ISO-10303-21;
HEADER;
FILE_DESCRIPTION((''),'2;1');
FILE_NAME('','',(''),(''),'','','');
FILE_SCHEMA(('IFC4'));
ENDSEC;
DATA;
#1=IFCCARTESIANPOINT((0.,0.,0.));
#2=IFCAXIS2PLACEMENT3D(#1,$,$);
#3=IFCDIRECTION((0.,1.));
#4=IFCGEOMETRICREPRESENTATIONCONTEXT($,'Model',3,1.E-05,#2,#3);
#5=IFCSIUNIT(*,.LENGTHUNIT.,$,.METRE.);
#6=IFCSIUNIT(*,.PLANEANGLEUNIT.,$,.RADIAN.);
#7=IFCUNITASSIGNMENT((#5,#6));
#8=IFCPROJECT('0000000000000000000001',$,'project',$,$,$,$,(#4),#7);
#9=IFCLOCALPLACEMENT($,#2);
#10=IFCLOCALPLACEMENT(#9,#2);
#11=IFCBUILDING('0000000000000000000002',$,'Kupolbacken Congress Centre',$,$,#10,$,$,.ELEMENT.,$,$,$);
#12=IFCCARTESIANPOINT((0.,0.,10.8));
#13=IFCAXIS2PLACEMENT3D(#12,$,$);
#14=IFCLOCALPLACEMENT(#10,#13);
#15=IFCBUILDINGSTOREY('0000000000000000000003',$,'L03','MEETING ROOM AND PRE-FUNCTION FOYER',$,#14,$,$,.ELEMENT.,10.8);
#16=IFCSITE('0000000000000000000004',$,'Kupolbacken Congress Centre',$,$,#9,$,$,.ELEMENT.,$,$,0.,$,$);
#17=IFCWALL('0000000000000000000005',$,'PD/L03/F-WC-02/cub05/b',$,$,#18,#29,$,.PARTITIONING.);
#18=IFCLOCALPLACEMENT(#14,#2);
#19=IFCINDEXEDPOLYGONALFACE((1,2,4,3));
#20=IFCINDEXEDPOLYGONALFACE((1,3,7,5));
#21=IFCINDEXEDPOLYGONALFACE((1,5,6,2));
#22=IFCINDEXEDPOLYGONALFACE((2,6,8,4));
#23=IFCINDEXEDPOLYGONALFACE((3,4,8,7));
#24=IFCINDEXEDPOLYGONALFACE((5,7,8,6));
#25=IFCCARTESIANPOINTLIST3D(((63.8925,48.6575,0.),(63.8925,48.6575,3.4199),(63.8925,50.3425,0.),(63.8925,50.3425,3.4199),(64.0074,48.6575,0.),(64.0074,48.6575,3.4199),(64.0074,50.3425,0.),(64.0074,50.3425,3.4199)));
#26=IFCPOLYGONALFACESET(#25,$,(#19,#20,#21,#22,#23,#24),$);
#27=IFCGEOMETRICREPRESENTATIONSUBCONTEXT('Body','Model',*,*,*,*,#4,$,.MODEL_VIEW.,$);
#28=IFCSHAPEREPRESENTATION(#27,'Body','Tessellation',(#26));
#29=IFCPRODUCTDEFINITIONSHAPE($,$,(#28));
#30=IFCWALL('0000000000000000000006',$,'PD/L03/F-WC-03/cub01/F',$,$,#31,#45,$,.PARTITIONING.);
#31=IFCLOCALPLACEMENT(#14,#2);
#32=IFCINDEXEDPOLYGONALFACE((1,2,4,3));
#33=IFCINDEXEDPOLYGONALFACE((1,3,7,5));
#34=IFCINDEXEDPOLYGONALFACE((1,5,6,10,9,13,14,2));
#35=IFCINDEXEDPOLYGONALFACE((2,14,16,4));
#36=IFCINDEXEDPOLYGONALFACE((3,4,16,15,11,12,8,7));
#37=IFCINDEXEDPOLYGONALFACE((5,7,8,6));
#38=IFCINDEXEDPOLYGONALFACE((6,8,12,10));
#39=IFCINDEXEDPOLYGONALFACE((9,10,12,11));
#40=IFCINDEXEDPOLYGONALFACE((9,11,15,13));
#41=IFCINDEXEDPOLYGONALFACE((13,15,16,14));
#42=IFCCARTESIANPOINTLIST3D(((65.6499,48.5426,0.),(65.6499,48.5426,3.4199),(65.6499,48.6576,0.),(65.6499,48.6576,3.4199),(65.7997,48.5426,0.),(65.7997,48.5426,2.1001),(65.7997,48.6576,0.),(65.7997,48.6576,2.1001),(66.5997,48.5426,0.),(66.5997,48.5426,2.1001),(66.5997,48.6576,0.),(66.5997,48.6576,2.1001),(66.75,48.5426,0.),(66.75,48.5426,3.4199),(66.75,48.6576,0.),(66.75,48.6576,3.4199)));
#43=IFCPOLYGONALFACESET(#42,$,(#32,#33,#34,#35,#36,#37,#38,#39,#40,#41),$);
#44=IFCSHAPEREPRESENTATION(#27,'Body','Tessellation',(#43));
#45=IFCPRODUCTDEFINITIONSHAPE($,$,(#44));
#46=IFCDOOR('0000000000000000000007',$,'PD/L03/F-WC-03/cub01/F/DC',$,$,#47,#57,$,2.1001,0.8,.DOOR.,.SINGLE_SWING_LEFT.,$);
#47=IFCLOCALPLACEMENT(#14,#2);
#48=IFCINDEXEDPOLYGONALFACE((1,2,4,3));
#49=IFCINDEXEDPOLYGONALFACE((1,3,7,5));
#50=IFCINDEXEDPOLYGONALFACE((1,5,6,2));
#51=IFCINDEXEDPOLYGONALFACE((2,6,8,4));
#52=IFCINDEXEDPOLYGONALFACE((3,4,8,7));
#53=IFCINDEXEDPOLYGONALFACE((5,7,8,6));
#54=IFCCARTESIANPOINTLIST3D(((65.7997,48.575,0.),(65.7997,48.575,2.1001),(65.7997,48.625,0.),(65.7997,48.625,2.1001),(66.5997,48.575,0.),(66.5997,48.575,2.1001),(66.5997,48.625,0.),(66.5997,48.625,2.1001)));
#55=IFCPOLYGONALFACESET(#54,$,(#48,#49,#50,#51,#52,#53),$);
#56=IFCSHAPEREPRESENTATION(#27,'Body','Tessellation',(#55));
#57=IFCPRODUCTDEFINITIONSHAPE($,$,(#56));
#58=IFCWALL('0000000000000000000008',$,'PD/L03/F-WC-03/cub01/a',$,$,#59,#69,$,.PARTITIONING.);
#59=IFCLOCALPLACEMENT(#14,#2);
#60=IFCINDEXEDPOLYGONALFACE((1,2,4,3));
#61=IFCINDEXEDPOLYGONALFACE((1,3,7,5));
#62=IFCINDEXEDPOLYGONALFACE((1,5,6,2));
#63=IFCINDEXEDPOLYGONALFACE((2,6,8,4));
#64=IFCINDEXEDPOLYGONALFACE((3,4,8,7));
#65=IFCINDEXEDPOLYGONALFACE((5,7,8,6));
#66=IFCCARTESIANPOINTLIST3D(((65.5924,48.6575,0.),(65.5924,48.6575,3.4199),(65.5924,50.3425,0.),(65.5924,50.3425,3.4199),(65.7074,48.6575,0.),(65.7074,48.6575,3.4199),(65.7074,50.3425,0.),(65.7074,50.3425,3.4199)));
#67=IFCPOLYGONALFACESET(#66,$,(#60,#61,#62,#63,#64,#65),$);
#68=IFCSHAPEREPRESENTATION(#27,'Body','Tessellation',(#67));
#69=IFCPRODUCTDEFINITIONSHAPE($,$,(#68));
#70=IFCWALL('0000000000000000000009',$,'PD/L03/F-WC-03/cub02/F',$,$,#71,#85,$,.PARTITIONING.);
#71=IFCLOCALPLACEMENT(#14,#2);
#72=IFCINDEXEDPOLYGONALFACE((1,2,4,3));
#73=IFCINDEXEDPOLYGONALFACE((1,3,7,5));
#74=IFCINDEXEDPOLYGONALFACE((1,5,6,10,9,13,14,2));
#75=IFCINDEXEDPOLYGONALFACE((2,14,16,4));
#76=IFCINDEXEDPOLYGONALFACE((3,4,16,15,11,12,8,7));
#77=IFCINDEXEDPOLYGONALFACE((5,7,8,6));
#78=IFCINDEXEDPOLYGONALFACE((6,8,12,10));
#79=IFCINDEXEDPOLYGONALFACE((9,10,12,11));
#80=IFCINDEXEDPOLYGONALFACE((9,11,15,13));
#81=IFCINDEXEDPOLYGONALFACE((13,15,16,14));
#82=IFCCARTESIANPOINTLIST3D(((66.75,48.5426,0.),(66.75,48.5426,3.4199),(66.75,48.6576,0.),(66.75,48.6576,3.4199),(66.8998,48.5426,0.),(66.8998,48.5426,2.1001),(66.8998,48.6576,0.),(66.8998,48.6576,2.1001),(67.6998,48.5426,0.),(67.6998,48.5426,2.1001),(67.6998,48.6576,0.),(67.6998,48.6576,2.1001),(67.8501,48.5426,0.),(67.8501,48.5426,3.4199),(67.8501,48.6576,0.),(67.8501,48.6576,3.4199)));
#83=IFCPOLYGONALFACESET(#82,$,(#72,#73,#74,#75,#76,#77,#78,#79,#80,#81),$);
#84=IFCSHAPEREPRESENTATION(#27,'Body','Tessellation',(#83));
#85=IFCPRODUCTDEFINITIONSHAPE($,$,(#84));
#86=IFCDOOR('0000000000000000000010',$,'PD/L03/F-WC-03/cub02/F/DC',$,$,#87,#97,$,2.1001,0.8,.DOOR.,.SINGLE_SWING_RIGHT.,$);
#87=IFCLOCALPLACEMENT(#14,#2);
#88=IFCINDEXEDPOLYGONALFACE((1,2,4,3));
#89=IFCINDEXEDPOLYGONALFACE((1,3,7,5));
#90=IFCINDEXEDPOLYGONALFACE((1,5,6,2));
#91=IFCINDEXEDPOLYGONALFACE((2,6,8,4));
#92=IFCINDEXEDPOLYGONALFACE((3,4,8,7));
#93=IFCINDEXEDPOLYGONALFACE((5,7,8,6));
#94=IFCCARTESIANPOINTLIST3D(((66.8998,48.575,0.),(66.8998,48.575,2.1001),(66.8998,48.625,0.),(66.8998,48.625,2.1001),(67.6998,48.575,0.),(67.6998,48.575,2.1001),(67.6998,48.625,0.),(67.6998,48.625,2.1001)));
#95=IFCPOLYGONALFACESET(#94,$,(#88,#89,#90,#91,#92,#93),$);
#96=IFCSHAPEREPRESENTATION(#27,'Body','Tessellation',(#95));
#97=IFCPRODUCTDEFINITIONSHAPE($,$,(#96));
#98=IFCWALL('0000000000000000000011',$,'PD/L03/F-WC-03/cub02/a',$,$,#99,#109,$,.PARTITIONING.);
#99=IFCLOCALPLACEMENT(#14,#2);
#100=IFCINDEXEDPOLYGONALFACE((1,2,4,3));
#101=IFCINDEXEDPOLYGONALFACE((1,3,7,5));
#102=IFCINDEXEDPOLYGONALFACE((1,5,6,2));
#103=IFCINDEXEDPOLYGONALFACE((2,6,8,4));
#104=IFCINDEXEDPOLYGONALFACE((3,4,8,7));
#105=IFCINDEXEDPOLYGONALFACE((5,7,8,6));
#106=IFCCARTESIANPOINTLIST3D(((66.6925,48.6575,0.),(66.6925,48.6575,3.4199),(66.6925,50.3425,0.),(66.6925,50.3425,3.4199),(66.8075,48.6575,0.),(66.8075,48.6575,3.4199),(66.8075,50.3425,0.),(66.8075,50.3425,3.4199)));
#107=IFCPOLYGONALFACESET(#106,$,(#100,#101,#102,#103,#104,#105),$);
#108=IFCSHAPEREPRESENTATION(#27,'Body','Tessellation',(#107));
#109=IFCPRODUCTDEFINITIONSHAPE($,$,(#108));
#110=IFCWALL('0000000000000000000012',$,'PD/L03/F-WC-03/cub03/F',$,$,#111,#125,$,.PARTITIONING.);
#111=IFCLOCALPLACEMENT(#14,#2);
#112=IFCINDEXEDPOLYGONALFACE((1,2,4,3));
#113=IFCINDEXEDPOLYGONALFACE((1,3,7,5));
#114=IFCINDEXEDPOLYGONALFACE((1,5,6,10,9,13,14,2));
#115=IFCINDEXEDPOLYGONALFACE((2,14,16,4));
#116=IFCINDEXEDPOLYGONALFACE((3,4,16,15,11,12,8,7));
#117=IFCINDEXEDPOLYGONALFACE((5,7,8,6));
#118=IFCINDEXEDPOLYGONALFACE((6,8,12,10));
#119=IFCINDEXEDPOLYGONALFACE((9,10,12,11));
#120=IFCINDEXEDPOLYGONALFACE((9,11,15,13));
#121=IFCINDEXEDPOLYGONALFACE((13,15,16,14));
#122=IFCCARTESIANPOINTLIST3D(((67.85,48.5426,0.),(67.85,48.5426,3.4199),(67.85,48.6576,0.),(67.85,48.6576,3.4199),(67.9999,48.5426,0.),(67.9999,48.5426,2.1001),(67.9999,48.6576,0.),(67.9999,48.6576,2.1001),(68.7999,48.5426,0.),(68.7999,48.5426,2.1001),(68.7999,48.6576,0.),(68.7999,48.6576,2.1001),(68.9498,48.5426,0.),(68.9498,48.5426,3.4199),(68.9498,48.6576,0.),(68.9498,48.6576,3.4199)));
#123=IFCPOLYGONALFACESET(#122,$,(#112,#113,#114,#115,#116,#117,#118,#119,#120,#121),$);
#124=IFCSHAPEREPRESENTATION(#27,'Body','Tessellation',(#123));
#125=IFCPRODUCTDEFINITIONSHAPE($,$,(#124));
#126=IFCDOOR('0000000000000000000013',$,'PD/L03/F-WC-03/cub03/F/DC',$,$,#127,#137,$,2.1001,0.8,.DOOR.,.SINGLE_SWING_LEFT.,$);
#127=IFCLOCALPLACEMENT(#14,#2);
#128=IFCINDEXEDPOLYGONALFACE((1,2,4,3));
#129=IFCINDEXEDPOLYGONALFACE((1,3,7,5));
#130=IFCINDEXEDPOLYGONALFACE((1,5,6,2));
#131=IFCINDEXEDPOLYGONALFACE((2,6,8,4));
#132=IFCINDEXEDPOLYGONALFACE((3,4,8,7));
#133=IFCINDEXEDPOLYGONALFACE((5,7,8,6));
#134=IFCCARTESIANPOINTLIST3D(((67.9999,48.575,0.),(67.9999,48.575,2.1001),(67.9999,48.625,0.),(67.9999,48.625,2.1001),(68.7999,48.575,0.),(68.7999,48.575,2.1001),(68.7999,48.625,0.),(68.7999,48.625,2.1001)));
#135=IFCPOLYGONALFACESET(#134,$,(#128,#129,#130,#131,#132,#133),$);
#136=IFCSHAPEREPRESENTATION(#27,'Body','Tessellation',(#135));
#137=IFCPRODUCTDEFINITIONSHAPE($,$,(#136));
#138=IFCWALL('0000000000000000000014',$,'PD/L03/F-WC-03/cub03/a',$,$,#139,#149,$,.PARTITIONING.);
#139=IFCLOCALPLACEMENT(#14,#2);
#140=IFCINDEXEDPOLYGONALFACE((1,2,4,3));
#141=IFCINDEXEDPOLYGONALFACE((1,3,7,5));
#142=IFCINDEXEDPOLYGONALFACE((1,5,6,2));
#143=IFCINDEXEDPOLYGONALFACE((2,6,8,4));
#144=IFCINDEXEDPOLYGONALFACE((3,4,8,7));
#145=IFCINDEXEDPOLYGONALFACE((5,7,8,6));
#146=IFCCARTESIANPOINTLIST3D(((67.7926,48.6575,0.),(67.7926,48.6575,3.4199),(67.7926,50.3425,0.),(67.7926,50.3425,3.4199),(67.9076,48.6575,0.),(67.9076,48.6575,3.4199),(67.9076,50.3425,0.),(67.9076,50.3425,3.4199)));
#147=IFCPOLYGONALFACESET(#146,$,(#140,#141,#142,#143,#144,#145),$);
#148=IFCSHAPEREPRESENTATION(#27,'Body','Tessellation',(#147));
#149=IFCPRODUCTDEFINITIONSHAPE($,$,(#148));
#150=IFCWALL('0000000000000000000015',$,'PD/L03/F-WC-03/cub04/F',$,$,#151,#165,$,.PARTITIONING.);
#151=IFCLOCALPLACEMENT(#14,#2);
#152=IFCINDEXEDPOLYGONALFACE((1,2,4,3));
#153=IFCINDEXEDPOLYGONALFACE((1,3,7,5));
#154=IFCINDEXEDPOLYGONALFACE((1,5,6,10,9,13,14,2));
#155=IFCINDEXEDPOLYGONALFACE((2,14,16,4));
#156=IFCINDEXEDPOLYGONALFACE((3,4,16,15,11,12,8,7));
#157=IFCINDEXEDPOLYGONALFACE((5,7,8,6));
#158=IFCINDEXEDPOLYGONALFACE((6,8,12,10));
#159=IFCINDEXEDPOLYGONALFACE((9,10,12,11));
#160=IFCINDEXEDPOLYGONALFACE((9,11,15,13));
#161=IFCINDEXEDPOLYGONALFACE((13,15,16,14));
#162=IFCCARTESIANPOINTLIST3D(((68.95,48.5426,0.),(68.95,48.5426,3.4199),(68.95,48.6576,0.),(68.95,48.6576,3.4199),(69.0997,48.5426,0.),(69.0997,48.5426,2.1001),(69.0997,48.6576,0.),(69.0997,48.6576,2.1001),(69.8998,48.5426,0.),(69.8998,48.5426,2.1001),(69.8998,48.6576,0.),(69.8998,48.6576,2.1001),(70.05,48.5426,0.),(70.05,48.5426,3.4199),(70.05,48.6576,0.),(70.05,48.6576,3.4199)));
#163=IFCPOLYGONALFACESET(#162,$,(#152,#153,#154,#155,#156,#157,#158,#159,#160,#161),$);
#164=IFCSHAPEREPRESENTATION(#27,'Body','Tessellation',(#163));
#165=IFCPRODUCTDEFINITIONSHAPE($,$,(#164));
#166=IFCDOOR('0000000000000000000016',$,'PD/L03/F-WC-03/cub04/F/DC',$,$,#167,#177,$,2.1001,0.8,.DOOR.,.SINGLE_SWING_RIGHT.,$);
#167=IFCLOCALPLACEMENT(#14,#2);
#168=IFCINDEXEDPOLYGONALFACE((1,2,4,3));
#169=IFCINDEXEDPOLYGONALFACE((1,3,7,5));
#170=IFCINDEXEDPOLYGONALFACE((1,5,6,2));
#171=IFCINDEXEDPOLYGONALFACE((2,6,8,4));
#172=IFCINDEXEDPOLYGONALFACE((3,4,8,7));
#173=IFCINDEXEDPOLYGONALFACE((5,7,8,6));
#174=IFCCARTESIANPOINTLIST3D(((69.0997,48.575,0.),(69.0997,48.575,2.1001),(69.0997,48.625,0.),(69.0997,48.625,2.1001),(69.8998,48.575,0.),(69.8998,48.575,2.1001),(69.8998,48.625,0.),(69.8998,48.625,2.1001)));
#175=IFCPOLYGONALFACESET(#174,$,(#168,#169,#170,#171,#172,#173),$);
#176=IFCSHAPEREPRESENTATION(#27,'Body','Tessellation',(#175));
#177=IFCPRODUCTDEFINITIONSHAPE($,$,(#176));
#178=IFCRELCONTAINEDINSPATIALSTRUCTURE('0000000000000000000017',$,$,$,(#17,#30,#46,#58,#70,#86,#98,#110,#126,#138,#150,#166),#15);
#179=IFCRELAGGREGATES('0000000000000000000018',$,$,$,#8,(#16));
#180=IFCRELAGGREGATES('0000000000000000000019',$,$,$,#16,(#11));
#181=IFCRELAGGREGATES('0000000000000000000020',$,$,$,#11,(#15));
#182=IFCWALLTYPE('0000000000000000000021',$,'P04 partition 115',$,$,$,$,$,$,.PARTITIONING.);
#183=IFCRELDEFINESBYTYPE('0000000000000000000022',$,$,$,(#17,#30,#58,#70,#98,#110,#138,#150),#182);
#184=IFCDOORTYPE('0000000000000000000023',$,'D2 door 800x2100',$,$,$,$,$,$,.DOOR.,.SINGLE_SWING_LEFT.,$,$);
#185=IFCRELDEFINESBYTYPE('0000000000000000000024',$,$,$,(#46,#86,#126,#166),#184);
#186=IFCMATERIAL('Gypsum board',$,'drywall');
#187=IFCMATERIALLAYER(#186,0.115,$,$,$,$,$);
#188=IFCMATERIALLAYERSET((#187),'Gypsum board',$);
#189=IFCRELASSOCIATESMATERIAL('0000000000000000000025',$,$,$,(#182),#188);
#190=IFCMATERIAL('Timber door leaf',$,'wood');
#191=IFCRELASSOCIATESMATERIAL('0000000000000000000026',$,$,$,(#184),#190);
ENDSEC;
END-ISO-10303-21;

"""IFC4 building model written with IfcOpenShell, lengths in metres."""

from ifc_helpers import new_model, si_unit, direction, frame, frame_2d, origin, place, context, subcontext, project, spatial, rectangle, extrude, material, layer, layer_set, type_object, element, fill, save


model = new_model("IFC4")

# Units and contexts
model_context = context("Model", 3, precision=1e-05, world=origin(), true_north=direction((0.0, 1.0)))
body_context = subcontext(model_context, "Body", "Model", "MODEL_VIEW")
ifc_project = project(units=[si_unit("LENGTHUNIT", "METRE"), si_unit("PLANEANGLEUNIT", "RADIAN")], contexts=[model_context])

# Site, building, storey
site_placement = place(None, origin())
site = spatial("IfcSite", under=ifc_project, at=site_placement, Name="Kupolbacken Congress Centre", CompositionType="ELEMENT", RefElevation=0.0)
building_placement = place(site_placement, origin())
building = spatial("IfcBuilding", under=site, at=building_placement, Name="Kupolbacken Congress Centre", CompositionType="ELEMENT")
storey_placement = place(building_placement, frame((0.0, 0.0, 10.8)))
storey = spatial("IfcBuildingStorey", under=building, at=storey_placement, Name="L03", Description="MEETING ROOM AND PRE-FUNCTION FOYER", CompositionType="ELEMENT", Elevation=10.8)

# Wall
ifc_material_1 = material(Name="Gypsum board", Category="drywall")
ifc_layer_1 = layer(ifc_material_1, 0.115)
ifc_layer_set_1 = layer_set([ifc_layer_1], Name="Gypsum board")
wall_type_1 = type_object("IfcWallType", Name="P04 partition 115", PredefinedType="PARTITIONING", material=ifc_layer_set_1)
wall_1_placement = place(storey_placement, frame((63.95, 50.3425, 0.0), z_axis=(0.0, 0.0, 1.0), x_axis=(0.0, -1.0, 0.0)))
element("IfcWall", 1, at=wall_1_placement, inside=storey, type_object=wall_type_1, Name="PD/L03/F-WC-02/cub05/b", PredefinedType="PARTITIONING", context=body_context, shape_type="SweptSolid", body=[
    extrude(rectangle(XDim=1.6851, YDim=0.115, at=frame_2d((0.8425, 0.0))), origin(), (0.0, 0.0, 1.0), 3.4199),
])

# Wall, opening, door
wall_2_placement = place(storey_placement, frame((65.6499, 48.6001, 0.0), z_axis=(0.0, 0.0, 1.0), x_axis=(1.0, 0.0, 0.0)))
wall_2 = element("IfcWall", 2, at=wall_2_placement, inside=storey, type_object=wall_type_1, Name="PD/L03/F-WC-03/cub01/F", PredefinedType="PARTITIONING", context=body_context, shape_type="SweptSolid", body=[
    extrude(rectangle(XDim=1.1001, YDim=0.115, at=frame_2d((0.55, 0.0))), origin(), (0.0, 0.0, 1.0), 3.4199),
])
opening_1_placement = place(wall_2_placement, frame((0.1499, 0.0, 0.0)))
opening_1 = element("IfcOpeningElement", 3, at=opening_1_placement, cuts=wall_2, PredefinedType="OPENING", context=body_context, shape_type="SweptSolid", body=[
    extrude(rectangle(XDim=0.8, YDim=2.1001, at=frame_2d((0.3999, 1.05))), frame((0.0, 0.0674, 0.0), z_axis=(0.0, -1.0, 0.0), x_axis=(1.0, 0.0, 0.0)), (0.0, 0.0, 1.0), 0.135),
])
ifc_material_2 = material(Name="Timber door leaf", Category="wood")
door_type_1 = type_object("IfcDoorType", Name="D2 door 800x2100", OperationType="SINGLE_SWING_LEFT", PredefinedType="DOOR", material=ifc_material_2)
door_1_placement = place(opening_1_placement, origin())
door_1 = element("IfcDoor", 4, at=door_1_placement, inside=storey, type_object=door_type_1, Name="PD/L03/F-WC-03/cub01/F/DC", OperationType="SINGLE_SWING_LEFT", OverallHeight=2.1001, OverallWidth=0.8, PredefinedType="DOOR", context=body_context, shape_type="SweptSolid", body=[
    extrude(rectangle(XDim=0.8, YDim=2.1001, at=frame_2d((0.3999, 1.05))), frame((0.0, 0.0249, 0.0), z_axis=(0.0, -1.0, 0.0), x_axis=(1.0, 0.0, 0.0)), (0.0, 0.0, 1.0), 0.05),
])
fill(opening_1, door_1)

# Wall
wall_3_placement = place(storey_placement, frame((65.6499, 50.3425, 0.0), z_axis=(0.0, 0.0, 1.0), x_axis=(0.0, -1.0, 0.0)))
element("IfcWall", 5, at=wall_3_placement, inside=storey, type_object=wall_type_1, Name="PD/L03/F-WC-03/cub01/a", PredefinedType="PARTITIONING", context=body_context, shape_type="SweptSolid", body=[
    extrude(rectangle(XDim=1.6851, YDim=0.115, at=frame_2d((0.8425, 0.0))), origin(), (0.0, 0.0, 1.0), 3.4199),
])

# Wall, opening, door
wall_4_placement = place(storey_placement, frame((66.75, 48.6001, 0.0), z_axis=(0.0, 0.0, 1.0), x_axis=(1.0, 0.0, 0.0)))
wall_4 = element("IfcWall", 6, at=wall_4_placement, inside=storey, type_object=wall_type_1, Name="PD/L03/F-WC-03/cub02/F", PredefinedType="PARTITIONING", context=body_context, shape_type="SweptSolid", body=[
    extrude(rectangle(XDim=1.1001, YDim=0.115, at=frame_2d((0.55, 0.0))), origin(), (0.0, 0.0, 1.0), 3.4199),
])
opening_2_placement = place(wall_4_placement, frame((0.1499, 0.0, 0.0)))
opening_2 = element("IfcOpeningElement", 7, at=opening_2_placement, cuts=wall_4, PredefinedType="OPENING", context=body_context, shape_type="SweptSolid", body=[
    extrude(rectangle(XDim=0.8, YDim=2.1001, at=frame_2d((0.3999, 1.05))), frame((0.0, 0.0674, 0.0), z_axis=(0.0, -1.0, 0.0), x_axis=(1.0, 0.0, 0.0)), (0.0, 0.0, 1.0), 0.135),
])
door_2_placement = place(opening_2_placement, origin())
door_2 = element("IfcDoor", 8, at=door_2_placement, inside=storey, type_object=door_type_1, Name="PD/L03/F-WC-03/cub02/F/DC", OperationType="SINGLE_SWING_RIGHT", OverallHeight=2.1001, OverallWidth=0.8, PredefinedType="DOOR", context=body_context, shape_type="SweptSolid", body=[
    extrude(rectangle(XDim=0.8, YDim=2.1001, at=frame_2d((0.3999, 1.05))), frame((0.0, 0.0249, 0.0), z_axis=(0.0, -1.0, 0.0), x_axis=(1.0, 0.0, 0.0)), (0.0, 0.0, 1.0), 0.05),
])
fill(opening_2, door_2)

# Wall
wall_5_placement = place(storey_placement, frame((66.75, 50.3425, 0.0), z_axis=(0.0, 0.0, 1.0), x_axis=(0.0, -1.0, 0.0)))
element("IfcWall", 9, at=wall_5_placement, inside=storey, type_object=wall_type_1, Name="PD/L03/F-WC-03/cub02/a", PredefinedType="PARTITIONING", context=body_context, shape_type="SweptSolid", body=[
    extrude(rectangle(XDim=1.6851, YDim=0.115, at=frame_2d((0.8425, 0.0))), origin(), (0.0, 0.0, 1.0), 3.4199),
])

# Wall, opening, door
wall_6_placement = place(storey_placement, frame((67.8501, 48.6001, 0.0), z_axis=(0.0, 0.0, 1.0), x_axis=(1.0, 0.0, 0.0)))
wall_6 = element("IfcWall", 10, at=wall_6_placement, inside=storey, type_object=wall_type_1, Name="PD/L03/F-WC-03/cub03/F", PredefinedType="PARTITIONING", context=body_context, shape_type="SweptSolid", body=[
    extrude(rectangle(XDim=1.0999, YDim=0.115, at=frame_2d((0.5498, 0.0))), origin(), (0.0, 0.0, 1.0), 3.4199),
])
opening_3_placement = place(wall_6_placement, frame((0.1499, 0.0, 0.0)))
opening_3 = element("IfcOpeningElement", 11, at=opening_3_placement, cuts=wall_6, PredefinedType="OPENING", context=body_context, shape_type="SweptSolid", body=[
    extrude(rectangle(XDim=0.8, YDim=2.1001, at=frame_2d((0.3999, 1.05))), frame((0.0, 0.0674, 0.0), z_axis=(0.0, -1.0, 0.0), x_axis=(1.0, 0.0, 0.0)), (0.0, 0.0, 1.0), 0.135),
])
door_3_placement = place(opening_3_placement, origin())
door_3 = element("IfcDoor", 12, at=door_3_placement, inside=storey, type_object=door_type_1, Name="PD/L03/F-WC-03/cub03/F/DC", OperationType="SINGLE_SWING_LEFT", OverallHeight=2.1001, OverallWidth=0.8, PredefinedType="DOOR", context=body_context, shape_type="SweptSolid", body=[
    extrude(rectangle(XDim=0.8, YDim=2.1001, at=frame_2d((0.3999, 1.05))), frame((0.0, 0.0249, 0.0), z_axis=(0.0, -1.0, 0.0), x_axis=(1.0, 0.0, 0.0)), (0.0, 0.0, 1.0), 0.05),
])
fill(opening_3, door_3)

# Wall
wall_7_placement = place(storey_placement, frame((67.8501, 50.3425, 0.0), z_axis=(0.0, 0.0, 1.0), x_axis=(0.0, -1.0, 0.0)))
element("IfcWall", 13, at=wall_7_placement, inside=storey, type_object=wall_type_1, Name="PD/L03/F-WC-03/cub03/a", PredefinedType="PARTITIONING", context=body_context, shape_type="SweptSolid", body=[
    extrude(rectangle(XDim=1.6851, YDim=0.115, at=frame_2d((0.8425, 0.0))), origin(), (0.0, 0.0, 1.0), 3.4199),
])

# Wall, opening, door
wall_8_placement = place(storey_placement, frame((68.95, 48.6001, 0.0), z_axis=(0.0, 0.0, 1.0), x_axis=(1.0, 0.0, 0.0)))
wall_8 = element("IfcWall", 14, at=wall_8_placement, inside=storey, type_object=wall_type_1, Name="PD/L03/F-WC-03/cub04/F", PredefinedType="PARTITIONING", context=body_context, shape_type="SweptSolid", body=[
    extrude(rectangle(XDim=1.1001, YDim=0.115, at=frame_2d((0.55, 0.0))), origin(), (0.0, 0.0, 1.0), 3.4199),
])
opening_4_placement = place(wall_8_placement, frame((0.1499, 0.0, 0.0)))
opening_4 = element("IfcOpeningElement", 15, at=opening_4_placement, cuts=wall_8, PredefinedType="OPENING", context=body_context, shape_type="SweptSolid", body=[
    extrude(rectangle(XDim=0.8, YDim=2.1001, at=frame_2d((0.3999, 1.05))), frame((0.0, 0.0674, 0.0), z_axis=(0.0, -1.0, 0.0), x_axis=(1.0, 0.0, 0.0)), (0.0, 0.0, 1.0), 0.135),
])
door_4_placement = place(opening_4_placement, origin())
door_4 = element("IfcDoor", 16, at=door_4_placement, inside=storey, type_object=door_type_1, Name="PD/L03/F-WC-03/cub04/F/DC", OperationType="SINGLE_SWING_RIGHT", OverallHeight=2.1001, OverallWidth=0.8, PredefinedType="DOOR", context=body_context, shape_type="SweptSolid", body=[
    extrude(rectangle(XDim=0.8, YDim=2.1001, at=frame_2d((0.3999, 1.05))), frame((0.0, 0.0249, 0.0), z_axis=(0.0, -1.0, 0.0), x_axis=(1.0, 0.0, 0.0)), (0.0, 0.0, 1.0), 0.05),
])
fill(opening_4, door_4)

save(model, "model.ifc")
